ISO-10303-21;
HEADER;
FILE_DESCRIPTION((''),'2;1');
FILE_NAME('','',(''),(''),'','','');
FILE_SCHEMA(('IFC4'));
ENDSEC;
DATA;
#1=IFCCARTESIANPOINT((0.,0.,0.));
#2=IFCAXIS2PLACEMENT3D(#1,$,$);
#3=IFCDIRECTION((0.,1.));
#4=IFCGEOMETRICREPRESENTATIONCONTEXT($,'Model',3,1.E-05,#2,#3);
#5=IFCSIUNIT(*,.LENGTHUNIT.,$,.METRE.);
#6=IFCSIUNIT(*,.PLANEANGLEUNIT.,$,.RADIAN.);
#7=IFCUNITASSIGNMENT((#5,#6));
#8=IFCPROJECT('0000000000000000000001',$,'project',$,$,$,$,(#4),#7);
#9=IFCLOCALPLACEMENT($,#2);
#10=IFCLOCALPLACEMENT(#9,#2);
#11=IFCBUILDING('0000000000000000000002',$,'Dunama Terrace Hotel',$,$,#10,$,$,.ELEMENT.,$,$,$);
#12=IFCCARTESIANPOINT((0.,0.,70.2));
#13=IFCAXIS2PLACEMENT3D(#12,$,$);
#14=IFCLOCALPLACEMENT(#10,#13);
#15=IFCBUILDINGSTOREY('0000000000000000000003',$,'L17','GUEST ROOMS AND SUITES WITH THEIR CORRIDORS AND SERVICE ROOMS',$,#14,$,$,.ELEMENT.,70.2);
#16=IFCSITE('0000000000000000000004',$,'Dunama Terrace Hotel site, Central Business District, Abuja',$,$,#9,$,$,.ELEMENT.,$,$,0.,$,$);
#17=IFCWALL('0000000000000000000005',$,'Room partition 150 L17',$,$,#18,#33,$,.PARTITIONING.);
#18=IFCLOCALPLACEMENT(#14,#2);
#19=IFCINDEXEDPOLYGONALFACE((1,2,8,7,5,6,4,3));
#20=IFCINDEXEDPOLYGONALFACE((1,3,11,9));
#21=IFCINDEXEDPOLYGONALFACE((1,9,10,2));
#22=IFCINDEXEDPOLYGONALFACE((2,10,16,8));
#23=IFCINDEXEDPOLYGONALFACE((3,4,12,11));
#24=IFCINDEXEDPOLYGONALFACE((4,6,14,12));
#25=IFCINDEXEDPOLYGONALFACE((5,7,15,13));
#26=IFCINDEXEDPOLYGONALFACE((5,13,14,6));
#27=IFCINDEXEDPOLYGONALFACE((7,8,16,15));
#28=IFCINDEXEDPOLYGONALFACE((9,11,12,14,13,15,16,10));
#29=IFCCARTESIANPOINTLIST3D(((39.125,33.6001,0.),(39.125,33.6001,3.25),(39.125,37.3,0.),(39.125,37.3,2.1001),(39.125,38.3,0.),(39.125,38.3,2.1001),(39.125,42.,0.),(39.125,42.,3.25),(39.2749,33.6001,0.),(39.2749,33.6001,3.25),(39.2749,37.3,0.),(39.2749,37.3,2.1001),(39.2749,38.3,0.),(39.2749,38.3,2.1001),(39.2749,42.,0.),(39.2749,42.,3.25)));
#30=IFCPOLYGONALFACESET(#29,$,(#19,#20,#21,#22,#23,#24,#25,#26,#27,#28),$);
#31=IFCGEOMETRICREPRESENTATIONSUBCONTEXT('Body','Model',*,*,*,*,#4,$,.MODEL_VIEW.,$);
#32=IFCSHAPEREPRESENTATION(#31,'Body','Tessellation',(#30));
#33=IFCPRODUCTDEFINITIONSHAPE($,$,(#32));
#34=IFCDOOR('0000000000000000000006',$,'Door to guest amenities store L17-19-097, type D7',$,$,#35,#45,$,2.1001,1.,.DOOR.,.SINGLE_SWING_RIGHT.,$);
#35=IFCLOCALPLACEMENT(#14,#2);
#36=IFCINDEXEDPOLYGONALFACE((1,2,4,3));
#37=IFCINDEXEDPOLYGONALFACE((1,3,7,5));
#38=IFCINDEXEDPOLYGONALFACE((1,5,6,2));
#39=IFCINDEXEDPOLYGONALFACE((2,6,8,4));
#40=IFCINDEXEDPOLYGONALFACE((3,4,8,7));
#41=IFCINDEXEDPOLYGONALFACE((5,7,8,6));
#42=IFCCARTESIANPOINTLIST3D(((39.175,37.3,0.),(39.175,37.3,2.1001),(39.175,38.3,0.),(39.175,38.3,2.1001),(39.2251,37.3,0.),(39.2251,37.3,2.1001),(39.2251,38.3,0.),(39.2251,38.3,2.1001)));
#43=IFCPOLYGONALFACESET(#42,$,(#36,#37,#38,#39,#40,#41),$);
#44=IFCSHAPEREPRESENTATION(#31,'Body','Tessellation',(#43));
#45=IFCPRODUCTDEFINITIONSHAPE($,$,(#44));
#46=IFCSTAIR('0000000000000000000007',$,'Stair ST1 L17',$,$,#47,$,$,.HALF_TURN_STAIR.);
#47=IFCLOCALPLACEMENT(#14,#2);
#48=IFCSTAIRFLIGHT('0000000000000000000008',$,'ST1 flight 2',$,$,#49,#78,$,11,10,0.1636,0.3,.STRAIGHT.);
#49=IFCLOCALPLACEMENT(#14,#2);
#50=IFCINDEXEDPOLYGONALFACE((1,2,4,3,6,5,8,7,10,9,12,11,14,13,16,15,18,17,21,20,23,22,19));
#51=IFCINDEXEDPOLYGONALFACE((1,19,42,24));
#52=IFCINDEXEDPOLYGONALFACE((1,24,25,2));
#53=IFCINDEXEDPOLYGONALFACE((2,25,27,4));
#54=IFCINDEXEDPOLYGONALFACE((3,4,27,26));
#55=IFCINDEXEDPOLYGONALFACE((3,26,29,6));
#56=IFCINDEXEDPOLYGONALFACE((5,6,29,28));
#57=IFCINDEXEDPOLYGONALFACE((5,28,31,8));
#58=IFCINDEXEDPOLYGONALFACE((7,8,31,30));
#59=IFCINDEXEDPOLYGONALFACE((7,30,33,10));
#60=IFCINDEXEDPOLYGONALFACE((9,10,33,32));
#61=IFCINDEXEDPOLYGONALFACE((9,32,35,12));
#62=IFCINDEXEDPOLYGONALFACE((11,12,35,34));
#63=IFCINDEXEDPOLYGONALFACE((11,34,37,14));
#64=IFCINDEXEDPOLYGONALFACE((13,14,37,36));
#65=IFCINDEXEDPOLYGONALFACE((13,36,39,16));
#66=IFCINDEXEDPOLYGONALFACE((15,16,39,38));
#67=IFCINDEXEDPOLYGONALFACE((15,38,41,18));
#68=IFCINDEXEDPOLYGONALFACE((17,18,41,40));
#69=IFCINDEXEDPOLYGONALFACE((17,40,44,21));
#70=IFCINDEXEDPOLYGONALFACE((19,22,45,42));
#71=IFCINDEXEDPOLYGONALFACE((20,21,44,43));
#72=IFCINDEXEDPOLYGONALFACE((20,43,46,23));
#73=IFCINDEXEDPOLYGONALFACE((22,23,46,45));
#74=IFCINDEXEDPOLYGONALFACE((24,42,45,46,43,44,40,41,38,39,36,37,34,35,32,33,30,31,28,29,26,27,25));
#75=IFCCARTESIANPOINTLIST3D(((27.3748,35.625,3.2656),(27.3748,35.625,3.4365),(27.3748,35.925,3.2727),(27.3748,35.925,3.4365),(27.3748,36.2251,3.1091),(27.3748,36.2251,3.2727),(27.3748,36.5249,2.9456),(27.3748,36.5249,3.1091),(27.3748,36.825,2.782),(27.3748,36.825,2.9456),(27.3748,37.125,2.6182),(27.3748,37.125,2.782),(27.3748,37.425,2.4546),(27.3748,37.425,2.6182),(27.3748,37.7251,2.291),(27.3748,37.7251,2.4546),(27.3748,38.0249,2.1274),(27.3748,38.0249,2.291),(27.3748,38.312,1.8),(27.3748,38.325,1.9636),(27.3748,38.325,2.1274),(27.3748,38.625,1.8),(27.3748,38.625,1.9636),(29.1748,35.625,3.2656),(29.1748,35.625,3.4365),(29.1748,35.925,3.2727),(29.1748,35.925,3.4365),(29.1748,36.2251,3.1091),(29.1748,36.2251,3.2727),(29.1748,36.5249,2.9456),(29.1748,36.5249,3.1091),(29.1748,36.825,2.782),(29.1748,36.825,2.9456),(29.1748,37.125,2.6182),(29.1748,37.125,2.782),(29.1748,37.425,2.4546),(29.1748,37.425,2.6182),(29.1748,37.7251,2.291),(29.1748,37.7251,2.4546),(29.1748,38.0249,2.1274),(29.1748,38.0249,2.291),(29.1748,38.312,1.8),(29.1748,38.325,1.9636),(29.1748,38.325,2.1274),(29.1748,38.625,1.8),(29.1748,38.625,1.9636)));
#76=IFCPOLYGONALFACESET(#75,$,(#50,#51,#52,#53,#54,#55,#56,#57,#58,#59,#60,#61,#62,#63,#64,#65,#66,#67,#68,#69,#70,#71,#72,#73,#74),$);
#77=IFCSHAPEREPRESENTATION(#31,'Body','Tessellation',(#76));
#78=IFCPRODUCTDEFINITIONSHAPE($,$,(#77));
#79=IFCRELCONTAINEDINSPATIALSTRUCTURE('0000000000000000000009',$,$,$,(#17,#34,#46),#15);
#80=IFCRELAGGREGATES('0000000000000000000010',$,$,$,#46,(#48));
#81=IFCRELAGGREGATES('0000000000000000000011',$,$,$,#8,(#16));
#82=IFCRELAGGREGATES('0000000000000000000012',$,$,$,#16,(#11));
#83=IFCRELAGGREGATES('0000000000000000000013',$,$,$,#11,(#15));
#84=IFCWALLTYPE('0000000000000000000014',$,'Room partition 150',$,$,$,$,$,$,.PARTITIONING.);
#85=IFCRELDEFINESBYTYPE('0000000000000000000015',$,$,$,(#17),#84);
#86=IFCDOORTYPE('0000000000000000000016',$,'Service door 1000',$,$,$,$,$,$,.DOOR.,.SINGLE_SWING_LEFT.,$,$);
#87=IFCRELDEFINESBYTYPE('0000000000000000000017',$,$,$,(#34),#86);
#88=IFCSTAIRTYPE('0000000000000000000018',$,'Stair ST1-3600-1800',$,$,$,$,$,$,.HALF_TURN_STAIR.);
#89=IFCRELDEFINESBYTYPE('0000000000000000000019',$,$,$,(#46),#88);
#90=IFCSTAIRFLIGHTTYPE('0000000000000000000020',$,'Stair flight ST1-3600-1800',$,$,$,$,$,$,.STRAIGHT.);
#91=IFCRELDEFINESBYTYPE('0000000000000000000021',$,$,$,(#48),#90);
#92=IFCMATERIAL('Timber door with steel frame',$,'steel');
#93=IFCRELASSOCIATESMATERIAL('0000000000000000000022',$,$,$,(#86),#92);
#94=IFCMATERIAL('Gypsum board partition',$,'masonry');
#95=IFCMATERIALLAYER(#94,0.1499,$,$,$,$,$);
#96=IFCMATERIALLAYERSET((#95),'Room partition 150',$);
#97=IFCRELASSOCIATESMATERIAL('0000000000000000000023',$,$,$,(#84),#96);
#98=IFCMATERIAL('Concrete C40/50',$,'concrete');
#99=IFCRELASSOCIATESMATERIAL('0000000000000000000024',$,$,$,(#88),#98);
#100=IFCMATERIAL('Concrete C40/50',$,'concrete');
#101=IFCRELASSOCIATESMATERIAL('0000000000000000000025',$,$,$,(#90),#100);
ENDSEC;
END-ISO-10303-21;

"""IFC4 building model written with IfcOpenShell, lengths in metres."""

from ifc_helpers import new_model, si_unit, direction, frame, frame_2d, origin, place, context, subcontext, project, spatial, polyline, rectangle, outline, extrude, material, layer, layer_set, type_object, element, fill, aggregate, save


model = new_model("IFC4")

# Units and contexts
model_context = context("Model", 3, precision=1e-05, world=origin(), true_north=direction((0.0, 1.0)))
body_context = subcontext(model_context, "Body", "Model", "MODEL_VIEW")
ifc_project = project(units=[si_unit("LENGTHUNIT", "METRE"), si_unit("PLANEANGLEUNIT", "RADIAN")], contexts=[model_context])

# Site, building, storey
site_placement = place(None, origin())
site = spatial("IfcSite", under=ifc_project, at=site_placement, Name="Dunama Terrace Hotel site, Central Business District, Abuja", CompositionType="ELEMENT", RefElevation=0.0)
building_placement = place(site_placement, origin())
building = spatial("IfcBuilding", under=site, at=building_placement, Name="Dunama Terrace Hotel", CompositionType="ELEMENT")
storey_placement = place(building_placement, frame((0.0, 0.0, 70.2)))
storey = spatial("IfcBuildingStorey", under=building, at=storey_placement, Name="L17", Description="GUEST ROOMS AND SUITES WITH THEIR CORRIDORS AND SERVICE ROOMS", CompositionType="ELEMENT", Elevation=70.2)

# Shared definitions
ifc_material_1 = material(Name="Timber door with steel frame", Category="steel")
door_type_1 = type_object("IfcDoorType", Name="Service door 1000", OperationType="SINGLE_SWING_LEFT", PredefinedType="DOOR", material=ifc_material_1)

# Wall, opening, door
ifc_material_2 = material(Name="Gypsum board partition", Category="masonry")
ifc_layer_1 = layer(ifc_material_2, 0.1499)
ifc_layer_set_1 = layer_set([ifc_layer_1], Name="Room partition 150")
wall_type_1 = type_object("IfcWallType", Name="Room partition 150", PredefinedType="PARTITIONING", material=ifc_layer_set_1)
wall_1_placement = place(storey_placement, frame((39.2, 33.6001, 0.0), z_axis=(0.0, 0.0, 1.0), x_axis=(0.0, 1.0, 0.0)))
wall_1 = element("IfcWall", 1, at=wall_1_placement, inside=storey, type_object=wall_type_1, Name="Room partition 150 L17", PredefinedType="PARTITIONING", context=body_context, shape_type="SweptSolid", body=[
    extrude(rectangle(XDim=8.3999, YDim=0.1499, at=frame_2d((4.2, 0.0))), origin(), (0.0, 0.0, 1.0), 3.25),
])
opening_1_placement = place(wall_1_placement, frame((3.7, 0.0, 0.0)))
opening_1 = element("IfcOpeningElement", 2, at=opening_1_placement, cuts=wall_1, PredefinedType="OPENING", context=body_context, shape_type="SweptSolid", body=[
    extrude(rectangle(XDim=1.0, YDim=2.1001, at=frame_2d((0.5, 1.05))), frame((0.0, 0.085, 0.0), z_axis=(0.0, -1.0, 0.0), x_axis=(1.0, 0.0, 0.0)), (0.0, 0.0, 1.0), 0.1699),
])
door_1_placement = place(opening_1_placement, frame((1.0, 0.0, 0.0), z_axis=(0.0, 0.0, 1.0), x_axis=(-1.0, 0.0, 0.0)))
door_1 = element("IfcDoor", 3, at=door_1_placement, inside=storey, type_object=door_type_1, Name="Door to guest amenities store L17-19-097, type D7", OperationType="SINGLE_SWING_RIGHT", OverallHeight=2.1001, OverallWidth=1.0, PredefinedType="DOOR", context=body_context, shape_type="SweptSolid", body=[
    extrude(rectangle(XDim=1.0, YDim=2.1001, at=frame_2d((0.5, 1.05))), frame((0.0, 0.0251, 0.0), z_axis=(0.0, -1.0, 0.0), x_axis=(1.0, 0.0, 0.0)), (0.0, 0.0, 1.0), 0.05),
])
fill(opening_1, door_1)

# Stair, stair flight
ifc_material_3 = material(Name="Concrete C40/50", Category="concrete")
stair_type = type_object("IfcStairType", Name="Stair ST1-3600-1800", PredefinedType="HALF_TURN_STAIR", material=ifc_material_3)
stair_placement = place(storey_placement, origin())
stair = element("IfcStair", 4, at=stair_placement, inside=storey, type_object=stair_type, Name="Stair ST1 L17", PredefinedType="HALF_TURN_STAIR")
ifc_material_4 = material(Name="Concrete C40/50", Category="concrete")
stair_flight_type = type_object("IfcStairFlightType", Name="Stair flight ST1-3600-1800", PredefinedType="STRAIGHT", material=ifc_material_4)
stair_flight_placement = place(storey_placement, frame((28.2749, 38.625, 1.8), z_axis=(0.0, 0.0, 1.0), x_axis=(0.0, -1.0, 0.0)))
stair_flight = element("IfcStairFlight", 5, at=stair_flight_placement, type_object=stair_flight_type, Name="ST1 flight 2", NumberOfRisers=11, NumberOfTreads=10, PredefinedType="STRAIGHT", RiserHeight=0.1636, TreadLength=0.3, context=body_context, shape_type="SweptSolid", body=[
    extrude(outline(polyline([(0.0, 0.0), (0.0, 0.1636), (0.3, 0.1636), (0.3, 0.3274), (0.6001, 0.3274), (0.6001, 0.491), (0.8999, 0.491), (0.8999, 0.6545), (1.2, 0.6545), (1.2, 0.8181), (1.5, 0.8181), (1.5, 0.9819), (1.8, 0.9819), (1.8, 1.1455), (2.1001, 1.1455), (2.1001, 1.3091), (2.3999, 1.3091), (2.3999, 1.4727), (2.7, 1.4727), (2.7, 1.6365), (3.0, 1.6365), (3.0, 1.8), (3.0, 1.4656), (0.313, 0.0), (0.0, 0.0)])), frame((0.0, 0.8999, 0.0), z_axis=(0.0, -1.0, 0.0), x_axis=(1.0, 0.0, 0.0)), (0.0, 0.0, 1.0), 1.8),
])
aggregate(stair, [stair_flight])

save(model, "model.ifc")
